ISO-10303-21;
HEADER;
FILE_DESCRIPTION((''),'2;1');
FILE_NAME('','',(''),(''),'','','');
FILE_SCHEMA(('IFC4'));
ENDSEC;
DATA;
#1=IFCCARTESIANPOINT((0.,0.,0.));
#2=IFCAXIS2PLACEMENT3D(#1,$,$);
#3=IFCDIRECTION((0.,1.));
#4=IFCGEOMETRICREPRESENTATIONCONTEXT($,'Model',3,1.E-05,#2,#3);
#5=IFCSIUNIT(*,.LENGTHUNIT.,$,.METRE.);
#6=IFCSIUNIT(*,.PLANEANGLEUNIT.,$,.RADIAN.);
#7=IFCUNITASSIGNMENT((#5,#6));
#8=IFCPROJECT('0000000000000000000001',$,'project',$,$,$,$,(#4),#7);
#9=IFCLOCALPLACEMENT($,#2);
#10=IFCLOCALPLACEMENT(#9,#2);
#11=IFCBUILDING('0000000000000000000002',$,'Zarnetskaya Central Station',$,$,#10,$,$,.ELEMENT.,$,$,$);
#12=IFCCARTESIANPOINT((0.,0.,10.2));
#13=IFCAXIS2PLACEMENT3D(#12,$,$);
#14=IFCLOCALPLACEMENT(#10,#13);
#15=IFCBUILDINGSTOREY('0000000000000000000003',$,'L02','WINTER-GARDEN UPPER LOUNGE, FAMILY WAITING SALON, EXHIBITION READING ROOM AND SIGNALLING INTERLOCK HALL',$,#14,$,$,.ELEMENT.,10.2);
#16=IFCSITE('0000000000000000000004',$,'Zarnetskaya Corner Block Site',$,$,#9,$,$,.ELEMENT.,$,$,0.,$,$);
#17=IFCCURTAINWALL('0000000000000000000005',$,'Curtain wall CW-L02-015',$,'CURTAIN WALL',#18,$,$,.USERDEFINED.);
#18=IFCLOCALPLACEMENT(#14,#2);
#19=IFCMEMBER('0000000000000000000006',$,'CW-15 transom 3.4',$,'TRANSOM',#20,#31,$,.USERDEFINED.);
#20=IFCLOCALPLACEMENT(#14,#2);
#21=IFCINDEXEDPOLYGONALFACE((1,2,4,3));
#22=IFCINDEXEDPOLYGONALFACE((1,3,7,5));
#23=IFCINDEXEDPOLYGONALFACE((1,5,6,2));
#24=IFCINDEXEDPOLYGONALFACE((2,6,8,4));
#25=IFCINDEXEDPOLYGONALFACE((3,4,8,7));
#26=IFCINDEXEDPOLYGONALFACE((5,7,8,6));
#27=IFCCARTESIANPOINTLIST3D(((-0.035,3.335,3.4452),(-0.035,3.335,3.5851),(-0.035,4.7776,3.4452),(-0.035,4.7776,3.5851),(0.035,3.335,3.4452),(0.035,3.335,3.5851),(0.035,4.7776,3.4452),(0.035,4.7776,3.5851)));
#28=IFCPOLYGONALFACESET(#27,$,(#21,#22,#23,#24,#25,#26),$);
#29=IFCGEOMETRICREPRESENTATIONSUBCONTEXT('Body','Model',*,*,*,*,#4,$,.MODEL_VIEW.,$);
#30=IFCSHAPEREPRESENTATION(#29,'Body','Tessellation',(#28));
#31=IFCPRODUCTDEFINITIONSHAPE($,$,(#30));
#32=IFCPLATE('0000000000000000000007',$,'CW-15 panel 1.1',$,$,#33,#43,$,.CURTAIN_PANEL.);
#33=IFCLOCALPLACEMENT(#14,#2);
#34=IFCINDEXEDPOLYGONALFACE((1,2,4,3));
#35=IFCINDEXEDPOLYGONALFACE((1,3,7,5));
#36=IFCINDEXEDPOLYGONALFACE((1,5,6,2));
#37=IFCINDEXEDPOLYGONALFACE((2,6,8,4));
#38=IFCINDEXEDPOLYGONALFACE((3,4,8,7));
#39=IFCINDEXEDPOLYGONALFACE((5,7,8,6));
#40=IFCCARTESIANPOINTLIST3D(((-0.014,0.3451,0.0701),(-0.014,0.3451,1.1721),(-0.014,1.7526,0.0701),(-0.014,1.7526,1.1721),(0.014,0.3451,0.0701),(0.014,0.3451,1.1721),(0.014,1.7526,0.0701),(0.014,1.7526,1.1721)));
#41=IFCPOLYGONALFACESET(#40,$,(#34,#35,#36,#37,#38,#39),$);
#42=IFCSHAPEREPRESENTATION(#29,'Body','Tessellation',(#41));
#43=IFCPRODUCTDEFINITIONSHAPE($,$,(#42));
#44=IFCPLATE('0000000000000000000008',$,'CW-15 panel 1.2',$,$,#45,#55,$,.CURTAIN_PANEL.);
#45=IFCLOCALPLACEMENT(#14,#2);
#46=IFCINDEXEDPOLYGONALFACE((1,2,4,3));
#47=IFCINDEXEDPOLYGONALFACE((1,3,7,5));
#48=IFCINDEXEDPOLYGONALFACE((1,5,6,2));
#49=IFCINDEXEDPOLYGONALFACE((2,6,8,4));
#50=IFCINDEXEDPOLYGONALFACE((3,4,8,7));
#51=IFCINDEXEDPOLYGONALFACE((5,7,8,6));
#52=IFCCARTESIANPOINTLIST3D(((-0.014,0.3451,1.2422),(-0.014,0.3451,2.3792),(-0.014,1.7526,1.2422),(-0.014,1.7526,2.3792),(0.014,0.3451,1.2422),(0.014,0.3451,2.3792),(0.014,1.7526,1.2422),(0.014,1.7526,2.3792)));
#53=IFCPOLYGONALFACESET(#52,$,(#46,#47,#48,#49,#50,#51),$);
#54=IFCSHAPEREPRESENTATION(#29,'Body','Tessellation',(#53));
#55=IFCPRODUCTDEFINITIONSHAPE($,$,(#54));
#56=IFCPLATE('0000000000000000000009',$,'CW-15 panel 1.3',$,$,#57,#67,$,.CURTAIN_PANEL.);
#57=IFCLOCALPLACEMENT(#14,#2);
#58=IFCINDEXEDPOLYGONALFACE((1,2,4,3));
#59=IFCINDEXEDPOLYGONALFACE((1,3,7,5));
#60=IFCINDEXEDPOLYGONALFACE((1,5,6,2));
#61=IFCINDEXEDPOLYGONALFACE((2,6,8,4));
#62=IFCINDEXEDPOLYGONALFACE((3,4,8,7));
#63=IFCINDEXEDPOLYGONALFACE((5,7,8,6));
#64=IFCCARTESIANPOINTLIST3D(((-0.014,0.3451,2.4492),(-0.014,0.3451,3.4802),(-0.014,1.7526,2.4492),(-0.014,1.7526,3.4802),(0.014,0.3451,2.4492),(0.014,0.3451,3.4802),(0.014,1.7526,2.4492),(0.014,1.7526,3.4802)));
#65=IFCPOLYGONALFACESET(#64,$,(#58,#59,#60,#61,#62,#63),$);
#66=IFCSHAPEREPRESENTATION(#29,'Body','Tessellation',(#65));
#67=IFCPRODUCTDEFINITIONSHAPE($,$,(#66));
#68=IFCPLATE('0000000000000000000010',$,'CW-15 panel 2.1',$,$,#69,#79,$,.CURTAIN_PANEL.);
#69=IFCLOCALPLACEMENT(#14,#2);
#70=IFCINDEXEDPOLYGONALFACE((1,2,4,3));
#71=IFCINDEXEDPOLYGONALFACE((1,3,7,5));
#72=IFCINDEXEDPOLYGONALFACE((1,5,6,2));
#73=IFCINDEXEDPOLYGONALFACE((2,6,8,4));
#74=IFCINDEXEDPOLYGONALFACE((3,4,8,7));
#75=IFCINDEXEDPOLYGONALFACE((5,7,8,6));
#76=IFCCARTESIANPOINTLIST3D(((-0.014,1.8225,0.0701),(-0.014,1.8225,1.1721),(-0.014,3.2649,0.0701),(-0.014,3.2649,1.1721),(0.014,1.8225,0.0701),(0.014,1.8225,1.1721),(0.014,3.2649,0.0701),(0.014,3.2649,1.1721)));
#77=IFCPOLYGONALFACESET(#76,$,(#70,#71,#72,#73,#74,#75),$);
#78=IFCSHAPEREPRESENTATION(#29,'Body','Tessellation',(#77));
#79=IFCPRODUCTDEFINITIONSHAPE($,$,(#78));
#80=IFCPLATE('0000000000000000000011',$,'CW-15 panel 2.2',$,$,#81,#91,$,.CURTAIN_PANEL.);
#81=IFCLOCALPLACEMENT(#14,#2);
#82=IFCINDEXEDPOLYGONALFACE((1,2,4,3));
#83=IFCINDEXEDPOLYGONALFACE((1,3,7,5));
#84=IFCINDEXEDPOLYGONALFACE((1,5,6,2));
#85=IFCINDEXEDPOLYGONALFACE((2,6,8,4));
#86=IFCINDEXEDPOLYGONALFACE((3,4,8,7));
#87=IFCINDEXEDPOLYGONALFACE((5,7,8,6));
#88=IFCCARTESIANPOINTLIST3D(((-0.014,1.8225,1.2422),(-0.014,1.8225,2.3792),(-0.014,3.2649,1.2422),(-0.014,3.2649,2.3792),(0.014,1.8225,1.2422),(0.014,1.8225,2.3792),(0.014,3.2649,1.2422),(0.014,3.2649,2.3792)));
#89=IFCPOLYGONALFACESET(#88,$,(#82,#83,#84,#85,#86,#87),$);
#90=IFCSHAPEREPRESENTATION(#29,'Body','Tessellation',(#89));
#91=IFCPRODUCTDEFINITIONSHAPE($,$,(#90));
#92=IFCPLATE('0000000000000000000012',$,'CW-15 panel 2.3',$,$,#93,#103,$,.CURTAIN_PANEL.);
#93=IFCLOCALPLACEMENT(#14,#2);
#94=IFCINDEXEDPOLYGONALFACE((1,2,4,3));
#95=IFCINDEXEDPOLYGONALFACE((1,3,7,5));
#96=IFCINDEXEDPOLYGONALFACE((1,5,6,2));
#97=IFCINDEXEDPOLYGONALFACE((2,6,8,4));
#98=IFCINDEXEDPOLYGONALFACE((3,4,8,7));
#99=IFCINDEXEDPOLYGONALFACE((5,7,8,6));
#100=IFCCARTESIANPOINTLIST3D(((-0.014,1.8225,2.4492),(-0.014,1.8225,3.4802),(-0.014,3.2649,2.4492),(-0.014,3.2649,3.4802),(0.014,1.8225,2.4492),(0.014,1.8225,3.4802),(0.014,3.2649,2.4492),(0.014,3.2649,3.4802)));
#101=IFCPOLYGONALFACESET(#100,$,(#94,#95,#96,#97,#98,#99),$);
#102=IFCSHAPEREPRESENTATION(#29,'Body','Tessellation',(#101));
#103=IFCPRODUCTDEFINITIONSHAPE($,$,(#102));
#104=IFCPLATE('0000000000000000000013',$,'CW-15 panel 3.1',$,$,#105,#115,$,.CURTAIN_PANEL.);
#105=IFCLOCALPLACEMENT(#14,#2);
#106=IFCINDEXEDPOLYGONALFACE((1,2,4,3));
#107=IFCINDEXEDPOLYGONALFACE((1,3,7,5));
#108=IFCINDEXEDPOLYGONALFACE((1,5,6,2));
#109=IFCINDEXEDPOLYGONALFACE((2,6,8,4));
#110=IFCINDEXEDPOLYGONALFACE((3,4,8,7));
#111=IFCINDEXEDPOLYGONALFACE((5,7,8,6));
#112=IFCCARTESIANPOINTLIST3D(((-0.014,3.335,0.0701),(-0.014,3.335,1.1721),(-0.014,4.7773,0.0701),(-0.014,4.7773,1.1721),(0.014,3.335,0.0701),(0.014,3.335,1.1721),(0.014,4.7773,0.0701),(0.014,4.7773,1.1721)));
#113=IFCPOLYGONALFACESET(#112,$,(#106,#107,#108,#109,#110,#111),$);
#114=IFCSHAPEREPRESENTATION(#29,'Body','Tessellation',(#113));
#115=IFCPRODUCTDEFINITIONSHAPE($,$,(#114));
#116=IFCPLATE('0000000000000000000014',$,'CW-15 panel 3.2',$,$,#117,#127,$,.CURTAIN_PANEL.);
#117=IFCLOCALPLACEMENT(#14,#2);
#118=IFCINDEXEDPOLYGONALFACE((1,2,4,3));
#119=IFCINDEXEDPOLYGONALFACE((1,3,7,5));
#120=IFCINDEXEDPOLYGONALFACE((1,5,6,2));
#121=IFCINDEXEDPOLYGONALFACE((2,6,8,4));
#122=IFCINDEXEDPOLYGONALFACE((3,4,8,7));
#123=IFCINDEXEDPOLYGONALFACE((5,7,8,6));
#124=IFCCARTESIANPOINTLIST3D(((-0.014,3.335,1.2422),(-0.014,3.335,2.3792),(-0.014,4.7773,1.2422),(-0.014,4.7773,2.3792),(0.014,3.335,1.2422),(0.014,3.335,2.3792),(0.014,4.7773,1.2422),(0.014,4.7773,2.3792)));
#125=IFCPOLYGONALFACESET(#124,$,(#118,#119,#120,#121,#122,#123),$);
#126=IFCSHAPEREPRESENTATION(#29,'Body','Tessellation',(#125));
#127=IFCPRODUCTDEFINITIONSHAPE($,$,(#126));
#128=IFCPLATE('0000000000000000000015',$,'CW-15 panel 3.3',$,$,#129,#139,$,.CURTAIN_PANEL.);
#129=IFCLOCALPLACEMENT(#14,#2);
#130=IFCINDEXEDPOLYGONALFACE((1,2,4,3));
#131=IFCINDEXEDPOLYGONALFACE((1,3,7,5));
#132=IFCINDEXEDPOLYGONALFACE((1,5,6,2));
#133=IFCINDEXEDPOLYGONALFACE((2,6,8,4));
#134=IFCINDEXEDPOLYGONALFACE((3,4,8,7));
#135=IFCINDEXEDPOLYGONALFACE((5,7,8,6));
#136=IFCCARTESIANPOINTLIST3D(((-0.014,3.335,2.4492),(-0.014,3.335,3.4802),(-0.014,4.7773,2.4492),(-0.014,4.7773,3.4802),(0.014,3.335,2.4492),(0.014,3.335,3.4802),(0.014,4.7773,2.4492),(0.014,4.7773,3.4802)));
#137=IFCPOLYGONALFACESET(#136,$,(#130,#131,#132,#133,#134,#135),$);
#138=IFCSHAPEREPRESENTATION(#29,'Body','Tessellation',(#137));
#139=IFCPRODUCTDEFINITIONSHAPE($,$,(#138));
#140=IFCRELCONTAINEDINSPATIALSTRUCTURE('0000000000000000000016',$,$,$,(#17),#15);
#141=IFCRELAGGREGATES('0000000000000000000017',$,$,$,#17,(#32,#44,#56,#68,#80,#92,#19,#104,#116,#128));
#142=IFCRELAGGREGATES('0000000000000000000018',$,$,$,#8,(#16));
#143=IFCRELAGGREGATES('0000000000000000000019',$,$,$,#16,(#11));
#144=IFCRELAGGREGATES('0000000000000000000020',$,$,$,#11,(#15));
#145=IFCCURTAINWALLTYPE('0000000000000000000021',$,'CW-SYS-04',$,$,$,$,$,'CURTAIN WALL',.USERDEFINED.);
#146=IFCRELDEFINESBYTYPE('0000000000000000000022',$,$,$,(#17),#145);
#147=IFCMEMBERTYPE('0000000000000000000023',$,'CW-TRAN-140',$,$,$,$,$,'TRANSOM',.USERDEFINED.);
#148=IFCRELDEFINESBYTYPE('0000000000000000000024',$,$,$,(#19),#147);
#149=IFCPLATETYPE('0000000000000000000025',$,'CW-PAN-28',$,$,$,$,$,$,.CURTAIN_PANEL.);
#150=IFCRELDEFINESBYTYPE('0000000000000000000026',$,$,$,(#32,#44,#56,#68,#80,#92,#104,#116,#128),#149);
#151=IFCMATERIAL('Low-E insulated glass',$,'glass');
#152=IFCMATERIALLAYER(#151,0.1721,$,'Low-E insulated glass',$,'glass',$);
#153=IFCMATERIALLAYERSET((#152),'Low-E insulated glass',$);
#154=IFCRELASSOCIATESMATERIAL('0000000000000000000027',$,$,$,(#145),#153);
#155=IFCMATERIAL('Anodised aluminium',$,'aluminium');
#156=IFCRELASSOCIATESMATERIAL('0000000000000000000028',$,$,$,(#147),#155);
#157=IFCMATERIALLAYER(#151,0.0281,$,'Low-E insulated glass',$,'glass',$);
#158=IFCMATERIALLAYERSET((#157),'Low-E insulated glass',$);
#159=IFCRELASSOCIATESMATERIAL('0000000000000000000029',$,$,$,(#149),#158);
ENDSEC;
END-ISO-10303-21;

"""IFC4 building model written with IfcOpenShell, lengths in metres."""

from ifc_helpers import new_model, si_unit, direction, frame, origin, origin_2d, place, context, subcontext, project, spatial, rectangle, extrude, material, layer, layer_set, material_profile, profile_set, type_object, element, aggregate, save


model = new_model("IFC4")

# Units and contexts
model_context = context("Model", 3, precision=1e-05, world=origin(), true_north=direction((0.0, 1.0)))
body_context = subcontext(model_context, "Body", "Model", "MODEL_VIEW")
ifc_project = project(units=[si_unit("LENGTHUNIT", "METRE"), si_unit("PLANEANGLEUNIT", "RADIAN")], contexts=[model_context])

# Site, building, storey
site_placement = place(None, origin())
site = spatial("IfcSite", under=ifc_project, at=site_placement, Name="Zarnetskaya Corner Block Site", CompositionType="ELEMENT", RefElevation=0.0)
building_placement = place(site_placement, origin())
building = spatial("IfcBuilding", under=site, at=building_placement, Name="Zarnetskaya Central Station", CompositionType="ELEMENT")
storey_placement = place(building_placement, frame((0.0, 0.0, 10.2)))
storey = spatial("IfcBuildingStorey", under=building, at=storey_placement, Name="L02", Description="WINTER-GARDEN UPPER LOUNGE, FAMILY WAITING SALON, EXHIBITION READING ROOM AND SIGNALLING INTERLOCK HALL", CompositionType="ELEMENT", Elevation=10.2)

# Curtain wall, member, plates
ifc_material_1 = material(Name="Low-E insulated glass", Category="glass")
ifc_layer_1 = layer(ifc_material_1, 0.1721, Name="Low-E insulated glass", Category="glass")
ifc_layer_set_1 = layer_set([ifc_layer_1], Name="Low-E insulated glass")
curtain_wall_type = type_object("IfcCurtainWallType", Name="CW-SYS-04", ElementType="CURTAIN WALL", PredefinedType="USERDEFINED", material=ifc_layer_set_1)
curtain_wall_placement = place(storey_placement, origin())
curtain_wall = element("IfcCurtainWall", 1, at=curtain_wall_placement, inside=storey, type_object=curtain_wall_type, Name="Curtain wall CW-L02-015", ObjectType="CURTAIN WALL", PredefinedType="USERDEFINED")
ifc_material_2 = material(Name="Anodised aluminium", Category="aluminium")
ifc_material_profile_1 = material_profile(ifc_material_2, rectangle(XDim=0.0701, YDim=0.1399, at=origin_2d()), Name="ALU TRAN 70x140")
ifc_profile_set_1 = profile_set([ifc_material_profile_1], Name="Anodised aluminium")
member_type_1 = type_object("IfcMemberType", Name="CW-TRAN-140", ElementType="TRANSOM", PredefinedType="USERDEFINED", material=ifc_profile_set_1)
member_1_placement = place(storey_placement, frame((0.0, 3.335, 3.5151), z_axis=(0.0, 1.0, 0.0), x_axis=(-1.0, 0.0, 0.0)))
member_1 = element("IfcMember", 2, at=member_1_placement, type_object=member_type_1, Name="CW-15 transom 3.4", ObjectType="TRANSOM", PredefinedType="USERDEFINED", context=body_context, shape_type="SweptSolid", body=[
    extrude(rectangle(XDim=0.0701, YDim=0.1399, at=origin_2d()), origin(), (0.0, 0.0, 1.0), 1.4426),
])
ifc_layer_2 = layer(ifc_material_1, 0.0281, Name="Low-E insulated glass", Category="glass")
ifc_layer_set_2 = layer_set([ifc_layer_2], Name="Low-E insulated glass")
plate_type = type_object("IfcPlateType", Name="CW-PAN-28", PredefinedType="CURTAIN_PANEL", material=ifc_layer_set_2)
plate_1_placement = place(storey_placement, frame((0.0, 1.0488, 0.0701), z_axis=(0.0, 0.0, 1.0), x_axis=(0.0, 1.0, 0.0)))
plate_1 = element("IfcPlate", 3, at=plate_1_placement, type_object=plate_type, Name="CW-15 panel 1.1", PredefinedType="CURTAIN_PANEL", context=body_context, shape_type="SweptSolid", body=[
    extrude(rectangle(XDim=1.4075, YDim=0.0281, at=origin_2d()), origin(), (0.0, 0.0, 1.0), 1.1021),
])
plate_2_placement = place(storey_placement, frame((0.0, 1.0488, 1.2422), z_axis=(0.0, 0.0, 1.0), x_axis=(0.0, 1.0, 0.0)))
plate_2 = element("IfcPlate", 4, at=plate_2_placement, type_object=plate_type, Name="CW-15 panel 1.2", PredefinedType="CURTAIN_PANEL", context=body_context, shape_type="SweptSolid", body=[
    extrude(rectangle(XDim=1.4075, YDim=0.0281, at=origin_2d()), origin(), (0.0, 0.0, 1.0), 1.137),
])
plate_3_placement = place(storey_placement, frame((0.0, 1.0488, 2.4492), z_axis=(0.0, 0.0, 1.0), x_axis=(0.0, 1.0, 0.0)))
plate_3 = element("IfcPlate", 5, at=plate_3_placement, type_object=plate_type, Name="CW-15 panel 1.3", PredefinedType="CURTAIN_PANEL", context=body_context, shape_type="SweptSolid", body=[
    extrude(rectangle(XDim=1.4075, YDim=0.0281, at=origin_2d()), origin(), (0.0, 0.0, 1.0), 1.031),
])
plate_4_placement = place(storey_placement, frame((0.0, 2.5437, 0.0701), z_axis=(0.0, 0.0, 1.0), x_axis=(0.0, 1.0, 0.0)))
plate_4 = element("IfcPlate", 6, at=plate_4_placement, type_object=plate_type, Name="CW-15 panel 2.1", PredefinedType="CURTAIN_PANEL", context=body_context, shape_type="SweptSolid", body=[
    extrude(rectangle(XDim=1.4424, YDim=0.0281, at=origin_2d()), origin(), (0.0, 0.0, 1.0), 1.1021),
])
plate_5_placement = place(storey_placement, frame((0.0, 2.5437, 1.2422), z_axis=(0.0, 0.0, 1.0), x_axis=(0.0, 1.0, 0.0)))
plate_5 = element("IfcPlate", 7, at=plate_5_placement, type_object=plate_type, Name="CW-15 panel 2.2", PredefinedType="CURTAIN_PANEL", context=body_context, shape_type="SweptSolid", body=[
    extrude(rectangle(XDim=1.4424, YDim=0.0281, at=origin_2d()), origin(), (0.0, 0.0, 1.0), 1.137),
])
plate_6_placement = place(storey_placement, frame((0.0, 2.5437, 2.4492), z_axis=(0.0, 0.0, 1.0), x_axis=(0.0, 1.0, 0.0)))
plate_6 = element("IfcPlate", 8, at=plate_6_placement, type_object=plate_type, Name="CW-15 panel 2.3", PredefinedType="CURTAIN_PANEL", context=body_context, shape_type="SweptSolid", body=[
    extrude(rectangle(XDim=1.4424, YDim=0.0281, at=origin_2d()), origin(), (0.0, 0.0, 1.0), 1.031),
])
plate_7_placement = place(storey_placement, frame((0.0, 4.0562, 0.0701), z_axis=(0.0, 0.0, 1.0), x_axis=(0.0, 1.0, 0.0)))
plate_7 = element("IfcPlate", 9, at=plate_7_placement, type_object=plate_type, Name="CW-15 panel 3.1", PredefinedType="CURTAIN_PANEL", context=body_context, shape_type="SweptSolid", body=[
    extrude(rectangle(XDim=1.4424, YDim=0.0281, at=origin_2d()), origin(), (0.0, 0.0, 1.0), 1.1021),
])
plate_8_placement = place(storey_placement, frame((0.0, 4.0562, 1.2422), z_axis=(0.0, 0.0, 1.0), x_axis=(0.0, 1.0, 0.0)))
plate_8 = element("IfcPlate", 10, at=plate_8_placement, type_object=plate_type, Name="CW-15 panel 3.2", PredefinedType="CURTAIN_PANEL", context=body_context, shape_type="SweptSolid", body=[
    extrude(rectangle(XDim=1.4424, YDim=0.0281, at=origin_2d()), origin(), (0.0, 0.0, 1.0), 1.137),
])
plate_9_placement = place(storey_placement, frame((0.0, 4.0562, 2.4492), z_axis=(0.0, 0.0, 1.0), x_axis=(0.0, 1.0, 0.0)))
plate_9 = element("IfcPlate", 11, at=plate_9_placement, type_object=plate_type, Name="CW-15 panel 3.3", PredefinedType="CURTAIN_PANEL", context=body_context, shape_type="SweptSolid", body=[
    extrude(rectangle(XDim=1.4424, YDim=0.0281, at=origin_2d()), origin(), (0.0, 0.0, 1.0), 1.031),
])
aggregate(curtain_wall, [plate_1, plate_2, plate_3, plate_4, plate_5, plate_6, member_1, plate_7, plate_8, plate_9])

save(model, "model.ifc")
